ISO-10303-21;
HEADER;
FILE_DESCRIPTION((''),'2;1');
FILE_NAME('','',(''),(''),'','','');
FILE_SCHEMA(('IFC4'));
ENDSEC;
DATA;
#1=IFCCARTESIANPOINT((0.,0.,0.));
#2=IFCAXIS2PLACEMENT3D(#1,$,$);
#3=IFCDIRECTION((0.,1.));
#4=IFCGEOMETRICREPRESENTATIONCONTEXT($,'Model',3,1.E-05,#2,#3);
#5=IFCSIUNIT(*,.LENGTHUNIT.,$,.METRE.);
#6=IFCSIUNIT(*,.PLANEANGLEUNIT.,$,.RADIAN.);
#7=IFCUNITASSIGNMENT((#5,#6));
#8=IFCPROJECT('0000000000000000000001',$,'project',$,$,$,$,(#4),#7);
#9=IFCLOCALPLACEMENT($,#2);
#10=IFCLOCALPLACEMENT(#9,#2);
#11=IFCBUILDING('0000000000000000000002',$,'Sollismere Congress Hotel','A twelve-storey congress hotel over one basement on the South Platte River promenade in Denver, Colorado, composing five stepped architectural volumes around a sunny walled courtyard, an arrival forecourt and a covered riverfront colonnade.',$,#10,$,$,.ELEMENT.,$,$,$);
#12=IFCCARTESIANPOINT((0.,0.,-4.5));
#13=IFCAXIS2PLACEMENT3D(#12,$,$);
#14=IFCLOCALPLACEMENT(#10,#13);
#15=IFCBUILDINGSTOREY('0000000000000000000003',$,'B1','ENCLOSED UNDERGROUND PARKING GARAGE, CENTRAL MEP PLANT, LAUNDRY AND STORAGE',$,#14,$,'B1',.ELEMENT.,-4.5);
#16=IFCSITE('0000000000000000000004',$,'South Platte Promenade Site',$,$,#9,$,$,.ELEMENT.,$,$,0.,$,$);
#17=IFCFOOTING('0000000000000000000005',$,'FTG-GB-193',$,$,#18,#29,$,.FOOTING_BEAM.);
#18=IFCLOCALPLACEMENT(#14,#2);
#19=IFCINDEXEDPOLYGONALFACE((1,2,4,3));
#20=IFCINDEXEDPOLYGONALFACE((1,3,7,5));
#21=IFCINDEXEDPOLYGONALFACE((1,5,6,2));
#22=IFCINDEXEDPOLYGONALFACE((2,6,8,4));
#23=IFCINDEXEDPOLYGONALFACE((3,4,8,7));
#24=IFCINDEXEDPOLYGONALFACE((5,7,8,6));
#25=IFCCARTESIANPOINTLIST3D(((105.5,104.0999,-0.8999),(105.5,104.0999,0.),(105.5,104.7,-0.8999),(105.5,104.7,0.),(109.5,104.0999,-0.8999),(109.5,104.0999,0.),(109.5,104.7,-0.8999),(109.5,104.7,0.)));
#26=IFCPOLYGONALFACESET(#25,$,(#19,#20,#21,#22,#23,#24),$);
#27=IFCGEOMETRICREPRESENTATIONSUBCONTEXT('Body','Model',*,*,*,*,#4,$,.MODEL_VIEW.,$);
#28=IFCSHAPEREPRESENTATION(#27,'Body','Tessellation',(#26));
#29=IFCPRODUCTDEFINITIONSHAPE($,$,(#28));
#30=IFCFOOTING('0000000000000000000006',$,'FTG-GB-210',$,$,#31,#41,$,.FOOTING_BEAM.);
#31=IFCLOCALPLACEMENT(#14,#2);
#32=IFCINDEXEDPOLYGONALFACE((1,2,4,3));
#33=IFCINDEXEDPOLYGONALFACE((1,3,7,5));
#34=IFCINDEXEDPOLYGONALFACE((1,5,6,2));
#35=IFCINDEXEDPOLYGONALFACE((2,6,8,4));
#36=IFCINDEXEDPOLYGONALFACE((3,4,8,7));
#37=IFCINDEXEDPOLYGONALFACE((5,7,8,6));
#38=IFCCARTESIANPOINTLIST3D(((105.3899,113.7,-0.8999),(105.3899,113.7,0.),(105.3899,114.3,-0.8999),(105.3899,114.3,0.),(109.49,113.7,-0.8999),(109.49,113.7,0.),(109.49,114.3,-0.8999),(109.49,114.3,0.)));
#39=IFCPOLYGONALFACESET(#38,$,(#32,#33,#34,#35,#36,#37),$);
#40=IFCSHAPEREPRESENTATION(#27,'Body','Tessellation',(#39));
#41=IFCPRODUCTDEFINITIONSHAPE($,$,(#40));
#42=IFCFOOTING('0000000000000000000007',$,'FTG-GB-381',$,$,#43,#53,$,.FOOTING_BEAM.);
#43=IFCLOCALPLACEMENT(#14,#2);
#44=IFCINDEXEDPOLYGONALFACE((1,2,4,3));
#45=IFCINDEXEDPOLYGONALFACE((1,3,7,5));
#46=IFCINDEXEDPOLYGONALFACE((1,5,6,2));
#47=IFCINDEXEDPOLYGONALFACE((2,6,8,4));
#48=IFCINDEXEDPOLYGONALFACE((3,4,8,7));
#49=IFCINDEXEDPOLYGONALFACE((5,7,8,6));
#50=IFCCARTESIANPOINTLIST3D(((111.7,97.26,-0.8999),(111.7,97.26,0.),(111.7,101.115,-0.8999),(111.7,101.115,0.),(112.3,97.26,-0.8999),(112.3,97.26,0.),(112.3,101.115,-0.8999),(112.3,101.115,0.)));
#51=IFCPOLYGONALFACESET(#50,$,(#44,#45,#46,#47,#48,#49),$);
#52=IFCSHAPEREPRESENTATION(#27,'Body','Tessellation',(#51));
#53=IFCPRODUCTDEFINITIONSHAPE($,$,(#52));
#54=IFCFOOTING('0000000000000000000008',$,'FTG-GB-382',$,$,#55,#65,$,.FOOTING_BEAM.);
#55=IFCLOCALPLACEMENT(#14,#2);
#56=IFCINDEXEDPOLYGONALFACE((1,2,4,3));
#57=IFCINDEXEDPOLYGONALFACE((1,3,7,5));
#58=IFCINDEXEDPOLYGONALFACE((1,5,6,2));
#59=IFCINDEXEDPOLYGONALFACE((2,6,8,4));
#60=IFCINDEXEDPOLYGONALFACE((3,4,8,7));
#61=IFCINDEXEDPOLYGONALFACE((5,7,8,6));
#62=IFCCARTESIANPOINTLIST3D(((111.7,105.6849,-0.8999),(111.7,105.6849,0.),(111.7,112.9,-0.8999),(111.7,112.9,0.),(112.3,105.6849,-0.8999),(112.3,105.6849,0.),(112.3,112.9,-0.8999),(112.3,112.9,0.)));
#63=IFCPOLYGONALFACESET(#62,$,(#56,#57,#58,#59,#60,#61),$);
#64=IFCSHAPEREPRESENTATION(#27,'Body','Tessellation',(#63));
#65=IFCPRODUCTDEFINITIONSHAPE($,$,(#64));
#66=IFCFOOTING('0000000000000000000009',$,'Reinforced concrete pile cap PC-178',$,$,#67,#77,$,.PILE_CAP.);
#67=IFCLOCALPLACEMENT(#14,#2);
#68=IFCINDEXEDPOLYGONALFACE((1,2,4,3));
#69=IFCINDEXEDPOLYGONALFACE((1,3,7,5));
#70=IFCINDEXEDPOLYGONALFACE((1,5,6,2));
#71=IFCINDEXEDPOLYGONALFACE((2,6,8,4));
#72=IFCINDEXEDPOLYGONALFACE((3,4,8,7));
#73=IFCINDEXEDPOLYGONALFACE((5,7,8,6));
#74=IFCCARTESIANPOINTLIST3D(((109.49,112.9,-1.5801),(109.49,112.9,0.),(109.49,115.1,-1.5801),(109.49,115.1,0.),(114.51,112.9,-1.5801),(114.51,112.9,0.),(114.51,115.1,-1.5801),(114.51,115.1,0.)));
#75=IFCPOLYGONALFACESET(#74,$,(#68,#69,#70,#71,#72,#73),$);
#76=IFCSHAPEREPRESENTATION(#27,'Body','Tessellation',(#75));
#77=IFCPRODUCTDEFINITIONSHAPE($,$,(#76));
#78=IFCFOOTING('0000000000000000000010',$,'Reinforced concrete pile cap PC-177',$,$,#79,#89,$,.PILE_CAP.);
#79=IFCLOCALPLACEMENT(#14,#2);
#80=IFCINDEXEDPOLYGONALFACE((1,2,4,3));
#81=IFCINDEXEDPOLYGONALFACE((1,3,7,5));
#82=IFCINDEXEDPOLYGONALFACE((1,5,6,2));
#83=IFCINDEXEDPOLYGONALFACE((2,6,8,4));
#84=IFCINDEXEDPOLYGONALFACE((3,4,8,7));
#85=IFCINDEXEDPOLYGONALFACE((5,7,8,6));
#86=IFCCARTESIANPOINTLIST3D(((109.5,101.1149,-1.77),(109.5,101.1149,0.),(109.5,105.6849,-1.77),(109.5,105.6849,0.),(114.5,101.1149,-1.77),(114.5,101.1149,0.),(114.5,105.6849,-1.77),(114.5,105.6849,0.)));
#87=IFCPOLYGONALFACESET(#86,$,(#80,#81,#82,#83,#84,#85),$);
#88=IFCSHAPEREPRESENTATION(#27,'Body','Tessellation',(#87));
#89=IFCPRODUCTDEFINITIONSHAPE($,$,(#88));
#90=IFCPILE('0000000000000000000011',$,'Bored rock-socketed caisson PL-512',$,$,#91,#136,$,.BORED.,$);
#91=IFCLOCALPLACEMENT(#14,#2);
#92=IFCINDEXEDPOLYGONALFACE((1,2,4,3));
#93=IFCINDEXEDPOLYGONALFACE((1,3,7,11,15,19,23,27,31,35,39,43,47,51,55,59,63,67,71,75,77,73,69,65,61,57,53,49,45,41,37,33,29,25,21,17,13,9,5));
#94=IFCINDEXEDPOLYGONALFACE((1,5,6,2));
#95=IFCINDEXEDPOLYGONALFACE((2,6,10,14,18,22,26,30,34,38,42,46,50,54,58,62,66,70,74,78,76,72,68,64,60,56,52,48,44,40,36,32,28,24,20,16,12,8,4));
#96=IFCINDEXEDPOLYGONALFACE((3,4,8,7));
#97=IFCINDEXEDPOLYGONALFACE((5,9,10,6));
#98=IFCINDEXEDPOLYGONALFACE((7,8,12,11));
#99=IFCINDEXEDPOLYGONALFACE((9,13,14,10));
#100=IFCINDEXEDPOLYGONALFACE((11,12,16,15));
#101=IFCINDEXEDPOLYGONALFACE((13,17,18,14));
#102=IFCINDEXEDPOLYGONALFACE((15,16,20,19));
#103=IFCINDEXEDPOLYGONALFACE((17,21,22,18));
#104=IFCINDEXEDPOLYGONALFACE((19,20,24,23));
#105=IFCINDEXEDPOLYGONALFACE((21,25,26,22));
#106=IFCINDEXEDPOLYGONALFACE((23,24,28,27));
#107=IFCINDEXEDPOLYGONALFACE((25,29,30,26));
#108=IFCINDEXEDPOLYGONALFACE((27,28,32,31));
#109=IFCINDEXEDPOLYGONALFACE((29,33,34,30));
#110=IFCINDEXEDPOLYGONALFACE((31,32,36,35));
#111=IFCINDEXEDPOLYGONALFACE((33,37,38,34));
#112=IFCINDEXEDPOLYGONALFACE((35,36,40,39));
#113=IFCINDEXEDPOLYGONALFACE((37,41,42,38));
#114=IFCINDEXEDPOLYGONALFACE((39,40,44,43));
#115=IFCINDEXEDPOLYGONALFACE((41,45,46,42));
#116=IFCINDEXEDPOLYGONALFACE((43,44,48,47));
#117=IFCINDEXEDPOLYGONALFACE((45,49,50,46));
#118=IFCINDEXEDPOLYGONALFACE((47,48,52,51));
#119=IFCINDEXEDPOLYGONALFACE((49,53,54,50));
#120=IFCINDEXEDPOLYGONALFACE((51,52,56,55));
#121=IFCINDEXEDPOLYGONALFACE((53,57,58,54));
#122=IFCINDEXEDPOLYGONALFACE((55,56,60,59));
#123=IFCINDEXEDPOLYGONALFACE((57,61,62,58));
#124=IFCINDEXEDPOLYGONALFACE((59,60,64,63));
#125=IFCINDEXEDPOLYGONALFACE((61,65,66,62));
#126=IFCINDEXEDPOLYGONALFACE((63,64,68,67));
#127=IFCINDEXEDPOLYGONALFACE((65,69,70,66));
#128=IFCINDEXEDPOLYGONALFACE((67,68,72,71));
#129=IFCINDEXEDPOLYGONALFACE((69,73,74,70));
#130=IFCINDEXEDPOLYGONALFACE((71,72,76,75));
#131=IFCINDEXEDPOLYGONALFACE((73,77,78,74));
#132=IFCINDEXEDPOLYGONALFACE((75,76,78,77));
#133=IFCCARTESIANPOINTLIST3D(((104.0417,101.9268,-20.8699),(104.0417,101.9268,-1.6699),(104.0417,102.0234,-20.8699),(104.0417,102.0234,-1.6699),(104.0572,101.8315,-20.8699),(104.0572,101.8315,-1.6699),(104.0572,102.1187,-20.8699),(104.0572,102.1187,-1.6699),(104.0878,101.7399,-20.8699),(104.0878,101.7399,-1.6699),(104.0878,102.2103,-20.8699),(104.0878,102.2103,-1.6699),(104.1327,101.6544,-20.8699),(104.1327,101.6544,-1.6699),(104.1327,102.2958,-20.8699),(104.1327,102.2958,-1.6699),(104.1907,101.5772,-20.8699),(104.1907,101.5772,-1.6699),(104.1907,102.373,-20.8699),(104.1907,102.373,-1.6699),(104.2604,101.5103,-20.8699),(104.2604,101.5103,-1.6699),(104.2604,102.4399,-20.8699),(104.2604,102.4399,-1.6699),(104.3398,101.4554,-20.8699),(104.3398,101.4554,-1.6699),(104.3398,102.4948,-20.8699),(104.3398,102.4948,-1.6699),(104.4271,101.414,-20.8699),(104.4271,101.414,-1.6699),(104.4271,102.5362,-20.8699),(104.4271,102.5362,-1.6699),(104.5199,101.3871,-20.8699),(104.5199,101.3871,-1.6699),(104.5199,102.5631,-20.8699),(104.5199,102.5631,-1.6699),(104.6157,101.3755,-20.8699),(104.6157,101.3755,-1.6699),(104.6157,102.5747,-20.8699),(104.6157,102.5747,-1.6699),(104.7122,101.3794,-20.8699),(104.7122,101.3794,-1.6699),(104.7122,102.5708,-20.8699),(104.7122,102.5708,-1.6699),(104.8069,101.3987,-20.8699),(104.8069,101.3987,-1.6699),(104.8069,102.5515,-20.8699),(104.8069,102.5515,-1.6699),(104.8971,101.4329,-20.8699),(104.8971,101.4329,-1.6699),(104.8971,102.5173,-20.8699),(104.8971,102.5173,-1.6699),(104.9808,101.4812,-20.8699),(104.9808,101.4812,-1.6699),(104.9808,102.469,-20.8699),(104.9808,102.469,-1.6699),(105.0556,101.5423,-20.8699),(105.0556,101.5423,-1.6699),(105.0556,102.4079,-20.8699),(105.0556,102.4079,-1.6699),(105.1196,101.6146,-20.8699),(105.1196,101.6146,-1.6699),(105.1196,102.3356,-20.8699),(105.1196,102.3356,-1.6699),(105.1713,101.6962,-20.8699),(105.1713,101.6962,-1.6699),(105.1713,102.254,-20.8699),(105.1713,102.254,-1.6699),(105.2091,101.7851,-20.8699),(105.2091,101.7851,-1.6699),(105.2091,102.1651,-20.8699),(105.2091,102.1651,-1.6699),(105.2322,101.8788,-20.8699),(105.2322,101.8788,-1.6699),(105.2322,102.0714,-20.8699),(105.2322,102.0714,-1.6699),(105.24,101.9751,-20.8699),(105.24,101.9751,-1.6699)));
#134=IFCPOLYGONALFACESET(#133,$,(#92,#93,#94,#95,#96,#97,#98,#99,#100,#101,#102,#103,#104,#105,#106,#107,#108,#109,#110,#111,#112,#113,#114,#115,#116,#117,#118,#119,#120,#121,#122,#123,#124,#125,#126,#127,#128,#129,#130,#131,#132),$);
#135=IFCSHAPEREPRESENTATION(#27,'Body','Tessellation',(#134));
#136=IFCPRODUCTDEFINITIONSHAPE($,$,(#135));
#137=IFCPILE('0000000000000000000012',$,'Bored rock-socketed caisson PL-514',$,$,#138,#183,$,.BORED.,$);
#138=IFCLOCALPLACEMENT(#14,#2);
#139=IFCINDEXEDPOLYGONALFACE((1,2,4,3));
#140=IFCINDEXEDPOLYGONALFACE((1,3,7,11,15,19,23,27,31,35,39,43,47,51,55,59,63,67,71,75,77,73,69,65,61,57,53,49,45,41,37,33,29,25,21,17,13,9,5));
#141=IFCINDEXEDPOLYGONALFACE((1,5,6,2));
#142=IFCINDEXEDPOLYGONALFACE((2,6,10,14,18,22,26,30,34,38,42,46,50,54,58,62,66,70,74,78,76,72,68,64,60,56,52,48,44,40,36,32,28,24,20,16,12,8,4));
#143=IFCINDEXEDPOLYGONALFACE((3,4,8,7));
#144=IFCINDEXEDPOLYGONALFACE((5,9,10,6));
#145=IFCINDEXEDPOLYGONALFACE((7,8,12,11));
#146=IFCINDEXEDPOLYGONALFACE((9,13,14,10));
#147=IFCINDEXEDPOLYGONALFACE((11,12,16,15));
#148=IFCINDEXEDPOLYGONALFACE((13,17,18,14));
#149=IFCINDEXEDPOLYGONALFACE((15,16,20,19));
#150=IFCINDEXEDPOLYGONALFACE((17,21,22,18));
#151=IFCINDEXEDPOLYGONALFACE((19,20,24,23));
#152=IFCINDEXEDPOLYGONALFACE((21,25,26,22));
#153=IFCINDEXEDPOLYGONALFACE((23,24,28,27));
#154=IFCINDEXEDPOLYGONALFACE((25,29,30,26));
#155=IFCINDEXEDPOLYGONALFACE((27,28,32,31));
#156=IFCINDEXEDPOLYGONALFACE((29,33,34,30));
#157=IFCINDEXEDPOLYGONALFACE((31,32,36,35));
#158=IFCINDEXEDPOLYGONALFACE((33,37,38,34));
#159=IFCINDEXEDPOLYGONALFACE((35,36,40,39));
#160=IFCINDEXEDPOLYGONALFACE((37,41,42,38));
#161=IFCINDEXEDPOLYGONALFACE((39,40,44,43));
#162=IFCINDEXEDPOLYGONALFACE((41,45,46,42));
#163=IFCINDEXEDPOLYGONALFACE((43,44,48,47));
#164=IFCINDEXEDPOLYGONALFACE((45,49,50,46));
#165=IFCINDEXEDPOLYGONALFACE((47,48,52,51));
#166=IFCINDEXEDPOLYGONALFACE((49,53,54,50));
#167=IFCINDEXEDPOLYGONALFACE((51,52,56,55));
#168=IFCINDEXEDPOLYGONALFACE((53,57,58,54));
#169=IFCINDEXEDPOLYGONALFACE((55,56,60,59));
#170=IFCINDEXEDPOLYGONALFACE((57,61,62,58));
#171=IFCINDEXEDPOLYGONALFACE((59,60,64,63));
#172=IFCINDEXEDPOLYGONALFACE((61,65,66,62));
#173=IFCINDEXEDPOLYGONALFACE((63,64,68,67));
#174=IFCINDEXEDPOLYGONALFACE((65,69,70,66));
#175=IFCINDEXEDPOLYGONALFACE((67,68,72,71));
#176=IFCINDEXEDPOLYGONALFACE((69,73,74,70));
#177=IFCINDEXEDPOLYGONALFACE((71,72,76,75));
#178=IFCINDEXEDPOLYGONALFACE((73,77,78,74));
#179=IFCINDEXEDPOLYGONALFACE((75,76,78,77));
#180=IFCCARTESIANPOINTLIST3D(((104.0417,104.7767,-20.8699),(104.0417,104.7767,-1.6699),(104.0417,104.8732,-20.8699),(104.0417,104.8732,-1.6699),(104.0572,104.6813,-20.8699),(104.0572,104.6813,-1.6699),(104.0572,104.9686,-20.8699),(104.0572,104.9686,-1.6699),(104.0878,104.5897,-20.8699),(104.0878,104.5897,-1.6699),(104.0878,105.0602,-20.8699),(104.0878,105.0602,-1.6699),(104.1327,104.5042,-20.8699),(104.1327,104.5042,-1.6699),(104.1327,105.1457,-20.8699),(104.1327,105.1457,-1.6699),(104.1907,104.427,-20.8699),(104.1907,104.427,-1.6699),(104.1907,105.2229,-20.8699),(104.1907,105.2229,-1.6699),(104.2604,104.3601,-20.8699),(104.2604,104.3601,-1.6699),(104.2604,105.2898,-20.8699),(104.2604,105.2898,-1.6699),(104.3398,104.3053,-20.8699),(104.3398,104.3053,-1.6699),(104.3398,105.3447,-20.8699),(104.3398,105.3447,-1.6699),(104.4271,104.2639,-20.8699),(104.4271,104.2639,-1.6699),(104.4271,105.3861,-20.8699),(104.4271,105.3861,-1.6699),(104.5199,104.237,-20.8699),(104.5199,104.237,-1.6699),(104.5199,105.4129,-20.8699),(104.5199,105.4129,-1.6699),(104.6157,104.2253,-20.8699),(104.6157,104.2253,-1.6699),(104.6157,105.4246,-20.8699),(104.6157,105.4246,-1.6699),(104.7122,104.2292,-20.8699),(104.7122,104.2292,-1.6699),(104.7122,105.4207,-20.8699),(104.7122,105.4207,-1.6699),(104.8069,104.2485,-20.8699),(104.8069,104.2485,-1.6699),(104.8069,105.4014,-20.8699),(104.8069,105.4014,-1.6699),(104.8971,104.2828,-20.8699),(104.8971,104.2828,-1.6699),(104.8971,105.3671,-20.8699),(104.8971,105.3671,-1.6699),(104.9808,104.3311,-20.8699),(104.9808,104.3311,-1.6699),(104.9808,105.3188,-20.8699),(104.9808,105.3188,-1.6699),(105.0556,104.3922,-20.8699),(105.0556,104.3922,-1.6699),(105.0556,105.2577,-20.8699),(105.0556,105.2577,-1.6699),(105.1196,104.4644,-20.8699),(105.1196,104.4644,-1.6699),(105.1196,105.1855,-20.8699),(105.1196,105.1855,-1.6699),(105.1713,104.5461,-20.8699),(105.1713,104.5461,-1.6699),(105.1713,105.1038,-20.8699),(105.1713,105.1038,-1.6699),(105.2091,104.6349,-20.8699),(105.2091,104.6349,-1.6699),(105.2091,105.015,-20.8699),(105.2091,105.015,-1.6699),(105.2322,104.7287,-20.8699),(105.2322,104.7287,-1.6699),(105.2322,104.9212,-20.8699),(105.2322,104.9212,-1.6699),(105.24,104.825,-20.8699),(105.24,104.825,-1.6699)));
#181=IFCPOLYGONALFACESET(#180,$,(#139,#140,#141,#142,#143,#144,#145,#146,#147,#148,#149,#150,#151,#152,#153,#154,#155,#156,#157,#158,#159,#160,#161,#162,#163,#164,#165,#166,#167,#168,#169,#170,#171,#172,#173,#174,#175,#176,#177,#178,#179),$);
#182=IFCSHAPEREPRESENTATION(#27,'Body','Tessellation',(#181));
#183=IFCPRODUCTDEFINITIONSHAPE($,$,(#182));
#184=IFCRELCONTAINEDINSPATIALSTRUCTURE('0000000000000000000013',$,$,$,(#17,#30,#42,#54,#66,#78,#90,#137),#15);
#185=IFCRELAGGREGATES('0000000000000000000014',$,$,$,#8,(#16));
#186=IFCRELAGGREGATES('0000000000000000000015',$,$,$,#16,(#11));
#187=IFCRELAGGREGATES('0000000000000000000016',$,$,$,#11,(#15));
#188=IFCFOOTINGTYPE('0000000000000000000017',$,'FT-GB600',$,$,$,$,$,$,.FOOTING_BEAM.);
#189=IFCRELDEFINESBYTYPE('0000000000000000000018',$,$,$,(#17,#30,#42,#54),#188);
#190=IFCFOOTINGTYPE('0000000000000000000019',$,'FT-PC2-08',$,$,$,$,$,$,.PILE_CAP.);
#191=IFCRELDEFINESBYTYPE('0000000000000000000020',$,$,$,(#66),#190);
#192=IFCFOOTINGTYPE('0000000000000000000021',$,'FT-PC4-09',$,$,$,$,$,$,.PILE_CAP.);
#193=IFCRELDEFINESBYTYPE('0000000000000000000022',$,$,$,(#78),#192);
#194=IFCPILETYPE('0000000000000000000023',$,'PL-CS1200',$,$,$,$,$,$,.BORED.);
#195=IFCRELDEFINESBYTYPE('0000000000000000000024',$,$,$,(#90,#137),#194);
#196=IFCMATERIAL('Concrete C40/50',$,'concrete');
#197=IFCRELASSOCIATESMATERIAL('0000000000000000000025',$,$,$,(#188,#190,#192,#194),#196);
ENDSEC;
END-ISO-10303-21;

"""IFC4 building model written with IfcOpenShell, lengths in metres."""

from ifc_helpers import new_model, si_unit, direction, frame, origin, origin_2d, place, context, subcontext, project, spatial, rectangle, circle, extrude, material, material_profile, profile_set, type_object, element, save


model = new_model("IFC4")

# Units and contexts
model_context = context("Model", 3, precision=1e-05, world=origin(), true_north=direction((0.0, 1.0)))
body_context = subcontext(model_context, "Body", "Model", "MODEL_VIEW")
ifc_project = project(units=[si_unit("LENGTHUNIT", "METRE"), si_unit("PLANEANGLEUNIT", "RADIAN")], contexts=[model_context])

# Site, building, storey
site_placement = place(None, origin())
site = spatial("IfcSite", under=ifc_project, at=site_placement, Name="South Platte Promenade Site", CompositionType="ELEMENT", RefElevation=0.0)
building_placement = place(site_placement, origin())
building = spatial("IfcBuilding", under=site, at=building_placement, Name="Sollismere Congress Hotel", Description="A twelve-storey congress hotel over one basement on the South Platte River promenade in Denver, Colorado, composing five stepped architectural volumes around a sunny walled courtyard, an arrival forecourt and a covered riverfront colonnade.", CompositionType="ELEMENT")
storey_placement = place(building_placement, frame((0.0, 0.0, -4.5)))
storey = spatial("IfcBuildingStorey", under=building, at=storey_placement, Name="B1", Description="ENCLOSED UNDERGROUND PARKING GARAGE, CENTRAL MEP PLANT, LAUNDRY AND STORAGE", LongName="B1", CompositionType="ELEMENT", Elevation=-4.5)

# Footings
ifc_material_1 = material(Name="Concrete C40/50", Category="concrete")
footing_type_1 = type_object("IfcFootingType", Name="FT-GB600", PredefinedType="FOOTING_BEAM", material=ifc_material_1)
footing_1_placement = place(storey_placement, frame((107.5, 104.3999, -0.8999), z_axis=(0.0, 0.0, 1.0), x_axis=(1.0, 0.0, 0.0)))
element("IfcFooting", 1, at=footing_1_placement, inside=storey, type_object=footing_type_1, Name="FTG-GB-193", PredefinedType="FOOTING_BEAM", context=body_context, shape_type="SweptSolid", body=[
    extrude(rectangle(XDim=4.0, YDim=0.6001, at=origin_2d()), origin(), (0.0, 0.0, 1.0), 0.8999),
])
footing_2_placement = place(storey_placement, frame((107.4399, 114.0, -0.8999), z_axis=(0.0, 0.0, 1.0), x_axis=(1.0, 0.0, 0.0)))
element("IfcFooting", 2, at=footing_2_placement, inside=storey, type_object=footing_type_1, Name="FTG-GB-210", PredefinedType="FOOTING_BEAM", context=body_context, shape_type="SweptSolid", body=[
    extrude(rectangle(XDim=4.1001, YDim=0.6001, at=origin_2d()), origin(), (0.0, 0.0, 1.0), 0.8999),
])
footing_3_placement = place(storey_placement, frame((112.0, 99.1875, -0.8999), z_axis=(0.0, 0.0, 1.0), x_axis=(0.0, 1.0, 0.0)))
element("IfcFooting", 3, at=footing_3_placement, inside=storey, type_object=footing_type_1, Name="FTG-GB-381", PredefinedType="FOOTING_BEAM", context=body_context, shape_type="SweptSolid", body=[
    extrude(rectangle(XDim=3.855, YDim=0.6001, at=origin_2d()), origin(), (0.0, 0.0, 1.0), 0.8999),
])
footing_4_placement = place(storey_placement, frame((112.0, 109.2925, -0.8999), z_axis=(0.0, 0.0, 1.0), x_axis=(0.0, 1.0, 0.0)))
element("IfcFooting", 4, at=footing_4_placement, inside=storey, type_object=footing_type_1, Name="FTG-GB-382", PredefinedType="FOOTING_BEAM", context=body_context, shape_type="SweptSolid", body=[
    extrude(rectangle(XDim=7.2151, YDim=0.6001, at=origin_2d()), origin(), (0.0, 0.0, 1.0), 0.8999),
])
footing_type_2 = type_object("IfcFootingType", Name="FT-PC2-08", PredefinedType="PILE_CAP", material=ifc_material_1)
footing_5_placement = place(storey_placement, frame((112.0, 114.0, -1.5801), z_axis=(0.0, 0.0, 1.0), x_axis=(1.0, 0.0, 0.0)))
element("IfcFooting", 5, at=footing_5_placement, inside=storey, type_object=footing_type_2, Name="Reinforced concrete pile cap PC-178", PredefinedType="PILE_CAP", context=body_context, shape_type="SweptSolid", body=[
    extrude(rectangle(XDim=5.02, YDim=2.2, at=origin_2d()), origin(), (0.0, 0.0, 1.0), 1.5801),
])
footing_type_3 = type_object("IfcFootingType", Name="FT-PC4-09", PredefinedType="PILE_CAP", material=ifc_material_1)
footing_6_placement = place(storey_placement, frame((112.0, 103.3999, -1.77), z_axis=(0.0, 0.0, 1.0), x_axis=(1.0, 0.0, 0.0)))
element("IfcFooting", 6, at=footing_6_placement, inside=storey, type_object=footing_type_3, Name="Reinforced concrete pile cap PC-177", PredefinedType="PILE_CAP", context=body_context, shape_type="SweptSolid", body=[
    extrude(rectangle(XDim=5.0, YDim=4.5701, at=origin_2d()), origin(), (0.0, 0.0, 1.0), 1.77),
])

# Piles
ifc_material_profile_1 = material_profile(ifc_material_1, circle(Radius=0.6001, at=origin_2d()), Name="CAISSON1200")
ifc_profile_set_1 = profile_set([ifc_material_profile_1], Name="Concrete C40/50")
pile_type = type_object("IfcPileType", Name="PL-CS1200", PredefinedType="BORED", material=ifc_profile_set_1)
for number, where, z_axis, x_axis, name in (
    (7, (104.6399, 101.9751, -1.6699), (0.0, 0.0, -1.0), (1.0, 0.0, 0.0), "Bored rock-socketed caisson PL-512"),
    (8, (104.6399, 104.825, -1.6699), (0.0, 0.0, -1.0), (1.0, 0.0, 0.0), "Bored rock-socketed caisson PL-514"),
):
    element("IfcPile", number, at=place(storey_placement, frame(where, z_axis=z_axis, x_axis=x_axis)), inside=storey, type_object=pile_type, Name=name, PredefinedType="BORED", context=body_context, shape_type="SweptSolid", body=[
        extrude(circle(Radius=0.6001, at=origin_2d()), origin(), (0.0, 0.0, 1.0), 19.2),
    ])

save(model, "model.ifc")
